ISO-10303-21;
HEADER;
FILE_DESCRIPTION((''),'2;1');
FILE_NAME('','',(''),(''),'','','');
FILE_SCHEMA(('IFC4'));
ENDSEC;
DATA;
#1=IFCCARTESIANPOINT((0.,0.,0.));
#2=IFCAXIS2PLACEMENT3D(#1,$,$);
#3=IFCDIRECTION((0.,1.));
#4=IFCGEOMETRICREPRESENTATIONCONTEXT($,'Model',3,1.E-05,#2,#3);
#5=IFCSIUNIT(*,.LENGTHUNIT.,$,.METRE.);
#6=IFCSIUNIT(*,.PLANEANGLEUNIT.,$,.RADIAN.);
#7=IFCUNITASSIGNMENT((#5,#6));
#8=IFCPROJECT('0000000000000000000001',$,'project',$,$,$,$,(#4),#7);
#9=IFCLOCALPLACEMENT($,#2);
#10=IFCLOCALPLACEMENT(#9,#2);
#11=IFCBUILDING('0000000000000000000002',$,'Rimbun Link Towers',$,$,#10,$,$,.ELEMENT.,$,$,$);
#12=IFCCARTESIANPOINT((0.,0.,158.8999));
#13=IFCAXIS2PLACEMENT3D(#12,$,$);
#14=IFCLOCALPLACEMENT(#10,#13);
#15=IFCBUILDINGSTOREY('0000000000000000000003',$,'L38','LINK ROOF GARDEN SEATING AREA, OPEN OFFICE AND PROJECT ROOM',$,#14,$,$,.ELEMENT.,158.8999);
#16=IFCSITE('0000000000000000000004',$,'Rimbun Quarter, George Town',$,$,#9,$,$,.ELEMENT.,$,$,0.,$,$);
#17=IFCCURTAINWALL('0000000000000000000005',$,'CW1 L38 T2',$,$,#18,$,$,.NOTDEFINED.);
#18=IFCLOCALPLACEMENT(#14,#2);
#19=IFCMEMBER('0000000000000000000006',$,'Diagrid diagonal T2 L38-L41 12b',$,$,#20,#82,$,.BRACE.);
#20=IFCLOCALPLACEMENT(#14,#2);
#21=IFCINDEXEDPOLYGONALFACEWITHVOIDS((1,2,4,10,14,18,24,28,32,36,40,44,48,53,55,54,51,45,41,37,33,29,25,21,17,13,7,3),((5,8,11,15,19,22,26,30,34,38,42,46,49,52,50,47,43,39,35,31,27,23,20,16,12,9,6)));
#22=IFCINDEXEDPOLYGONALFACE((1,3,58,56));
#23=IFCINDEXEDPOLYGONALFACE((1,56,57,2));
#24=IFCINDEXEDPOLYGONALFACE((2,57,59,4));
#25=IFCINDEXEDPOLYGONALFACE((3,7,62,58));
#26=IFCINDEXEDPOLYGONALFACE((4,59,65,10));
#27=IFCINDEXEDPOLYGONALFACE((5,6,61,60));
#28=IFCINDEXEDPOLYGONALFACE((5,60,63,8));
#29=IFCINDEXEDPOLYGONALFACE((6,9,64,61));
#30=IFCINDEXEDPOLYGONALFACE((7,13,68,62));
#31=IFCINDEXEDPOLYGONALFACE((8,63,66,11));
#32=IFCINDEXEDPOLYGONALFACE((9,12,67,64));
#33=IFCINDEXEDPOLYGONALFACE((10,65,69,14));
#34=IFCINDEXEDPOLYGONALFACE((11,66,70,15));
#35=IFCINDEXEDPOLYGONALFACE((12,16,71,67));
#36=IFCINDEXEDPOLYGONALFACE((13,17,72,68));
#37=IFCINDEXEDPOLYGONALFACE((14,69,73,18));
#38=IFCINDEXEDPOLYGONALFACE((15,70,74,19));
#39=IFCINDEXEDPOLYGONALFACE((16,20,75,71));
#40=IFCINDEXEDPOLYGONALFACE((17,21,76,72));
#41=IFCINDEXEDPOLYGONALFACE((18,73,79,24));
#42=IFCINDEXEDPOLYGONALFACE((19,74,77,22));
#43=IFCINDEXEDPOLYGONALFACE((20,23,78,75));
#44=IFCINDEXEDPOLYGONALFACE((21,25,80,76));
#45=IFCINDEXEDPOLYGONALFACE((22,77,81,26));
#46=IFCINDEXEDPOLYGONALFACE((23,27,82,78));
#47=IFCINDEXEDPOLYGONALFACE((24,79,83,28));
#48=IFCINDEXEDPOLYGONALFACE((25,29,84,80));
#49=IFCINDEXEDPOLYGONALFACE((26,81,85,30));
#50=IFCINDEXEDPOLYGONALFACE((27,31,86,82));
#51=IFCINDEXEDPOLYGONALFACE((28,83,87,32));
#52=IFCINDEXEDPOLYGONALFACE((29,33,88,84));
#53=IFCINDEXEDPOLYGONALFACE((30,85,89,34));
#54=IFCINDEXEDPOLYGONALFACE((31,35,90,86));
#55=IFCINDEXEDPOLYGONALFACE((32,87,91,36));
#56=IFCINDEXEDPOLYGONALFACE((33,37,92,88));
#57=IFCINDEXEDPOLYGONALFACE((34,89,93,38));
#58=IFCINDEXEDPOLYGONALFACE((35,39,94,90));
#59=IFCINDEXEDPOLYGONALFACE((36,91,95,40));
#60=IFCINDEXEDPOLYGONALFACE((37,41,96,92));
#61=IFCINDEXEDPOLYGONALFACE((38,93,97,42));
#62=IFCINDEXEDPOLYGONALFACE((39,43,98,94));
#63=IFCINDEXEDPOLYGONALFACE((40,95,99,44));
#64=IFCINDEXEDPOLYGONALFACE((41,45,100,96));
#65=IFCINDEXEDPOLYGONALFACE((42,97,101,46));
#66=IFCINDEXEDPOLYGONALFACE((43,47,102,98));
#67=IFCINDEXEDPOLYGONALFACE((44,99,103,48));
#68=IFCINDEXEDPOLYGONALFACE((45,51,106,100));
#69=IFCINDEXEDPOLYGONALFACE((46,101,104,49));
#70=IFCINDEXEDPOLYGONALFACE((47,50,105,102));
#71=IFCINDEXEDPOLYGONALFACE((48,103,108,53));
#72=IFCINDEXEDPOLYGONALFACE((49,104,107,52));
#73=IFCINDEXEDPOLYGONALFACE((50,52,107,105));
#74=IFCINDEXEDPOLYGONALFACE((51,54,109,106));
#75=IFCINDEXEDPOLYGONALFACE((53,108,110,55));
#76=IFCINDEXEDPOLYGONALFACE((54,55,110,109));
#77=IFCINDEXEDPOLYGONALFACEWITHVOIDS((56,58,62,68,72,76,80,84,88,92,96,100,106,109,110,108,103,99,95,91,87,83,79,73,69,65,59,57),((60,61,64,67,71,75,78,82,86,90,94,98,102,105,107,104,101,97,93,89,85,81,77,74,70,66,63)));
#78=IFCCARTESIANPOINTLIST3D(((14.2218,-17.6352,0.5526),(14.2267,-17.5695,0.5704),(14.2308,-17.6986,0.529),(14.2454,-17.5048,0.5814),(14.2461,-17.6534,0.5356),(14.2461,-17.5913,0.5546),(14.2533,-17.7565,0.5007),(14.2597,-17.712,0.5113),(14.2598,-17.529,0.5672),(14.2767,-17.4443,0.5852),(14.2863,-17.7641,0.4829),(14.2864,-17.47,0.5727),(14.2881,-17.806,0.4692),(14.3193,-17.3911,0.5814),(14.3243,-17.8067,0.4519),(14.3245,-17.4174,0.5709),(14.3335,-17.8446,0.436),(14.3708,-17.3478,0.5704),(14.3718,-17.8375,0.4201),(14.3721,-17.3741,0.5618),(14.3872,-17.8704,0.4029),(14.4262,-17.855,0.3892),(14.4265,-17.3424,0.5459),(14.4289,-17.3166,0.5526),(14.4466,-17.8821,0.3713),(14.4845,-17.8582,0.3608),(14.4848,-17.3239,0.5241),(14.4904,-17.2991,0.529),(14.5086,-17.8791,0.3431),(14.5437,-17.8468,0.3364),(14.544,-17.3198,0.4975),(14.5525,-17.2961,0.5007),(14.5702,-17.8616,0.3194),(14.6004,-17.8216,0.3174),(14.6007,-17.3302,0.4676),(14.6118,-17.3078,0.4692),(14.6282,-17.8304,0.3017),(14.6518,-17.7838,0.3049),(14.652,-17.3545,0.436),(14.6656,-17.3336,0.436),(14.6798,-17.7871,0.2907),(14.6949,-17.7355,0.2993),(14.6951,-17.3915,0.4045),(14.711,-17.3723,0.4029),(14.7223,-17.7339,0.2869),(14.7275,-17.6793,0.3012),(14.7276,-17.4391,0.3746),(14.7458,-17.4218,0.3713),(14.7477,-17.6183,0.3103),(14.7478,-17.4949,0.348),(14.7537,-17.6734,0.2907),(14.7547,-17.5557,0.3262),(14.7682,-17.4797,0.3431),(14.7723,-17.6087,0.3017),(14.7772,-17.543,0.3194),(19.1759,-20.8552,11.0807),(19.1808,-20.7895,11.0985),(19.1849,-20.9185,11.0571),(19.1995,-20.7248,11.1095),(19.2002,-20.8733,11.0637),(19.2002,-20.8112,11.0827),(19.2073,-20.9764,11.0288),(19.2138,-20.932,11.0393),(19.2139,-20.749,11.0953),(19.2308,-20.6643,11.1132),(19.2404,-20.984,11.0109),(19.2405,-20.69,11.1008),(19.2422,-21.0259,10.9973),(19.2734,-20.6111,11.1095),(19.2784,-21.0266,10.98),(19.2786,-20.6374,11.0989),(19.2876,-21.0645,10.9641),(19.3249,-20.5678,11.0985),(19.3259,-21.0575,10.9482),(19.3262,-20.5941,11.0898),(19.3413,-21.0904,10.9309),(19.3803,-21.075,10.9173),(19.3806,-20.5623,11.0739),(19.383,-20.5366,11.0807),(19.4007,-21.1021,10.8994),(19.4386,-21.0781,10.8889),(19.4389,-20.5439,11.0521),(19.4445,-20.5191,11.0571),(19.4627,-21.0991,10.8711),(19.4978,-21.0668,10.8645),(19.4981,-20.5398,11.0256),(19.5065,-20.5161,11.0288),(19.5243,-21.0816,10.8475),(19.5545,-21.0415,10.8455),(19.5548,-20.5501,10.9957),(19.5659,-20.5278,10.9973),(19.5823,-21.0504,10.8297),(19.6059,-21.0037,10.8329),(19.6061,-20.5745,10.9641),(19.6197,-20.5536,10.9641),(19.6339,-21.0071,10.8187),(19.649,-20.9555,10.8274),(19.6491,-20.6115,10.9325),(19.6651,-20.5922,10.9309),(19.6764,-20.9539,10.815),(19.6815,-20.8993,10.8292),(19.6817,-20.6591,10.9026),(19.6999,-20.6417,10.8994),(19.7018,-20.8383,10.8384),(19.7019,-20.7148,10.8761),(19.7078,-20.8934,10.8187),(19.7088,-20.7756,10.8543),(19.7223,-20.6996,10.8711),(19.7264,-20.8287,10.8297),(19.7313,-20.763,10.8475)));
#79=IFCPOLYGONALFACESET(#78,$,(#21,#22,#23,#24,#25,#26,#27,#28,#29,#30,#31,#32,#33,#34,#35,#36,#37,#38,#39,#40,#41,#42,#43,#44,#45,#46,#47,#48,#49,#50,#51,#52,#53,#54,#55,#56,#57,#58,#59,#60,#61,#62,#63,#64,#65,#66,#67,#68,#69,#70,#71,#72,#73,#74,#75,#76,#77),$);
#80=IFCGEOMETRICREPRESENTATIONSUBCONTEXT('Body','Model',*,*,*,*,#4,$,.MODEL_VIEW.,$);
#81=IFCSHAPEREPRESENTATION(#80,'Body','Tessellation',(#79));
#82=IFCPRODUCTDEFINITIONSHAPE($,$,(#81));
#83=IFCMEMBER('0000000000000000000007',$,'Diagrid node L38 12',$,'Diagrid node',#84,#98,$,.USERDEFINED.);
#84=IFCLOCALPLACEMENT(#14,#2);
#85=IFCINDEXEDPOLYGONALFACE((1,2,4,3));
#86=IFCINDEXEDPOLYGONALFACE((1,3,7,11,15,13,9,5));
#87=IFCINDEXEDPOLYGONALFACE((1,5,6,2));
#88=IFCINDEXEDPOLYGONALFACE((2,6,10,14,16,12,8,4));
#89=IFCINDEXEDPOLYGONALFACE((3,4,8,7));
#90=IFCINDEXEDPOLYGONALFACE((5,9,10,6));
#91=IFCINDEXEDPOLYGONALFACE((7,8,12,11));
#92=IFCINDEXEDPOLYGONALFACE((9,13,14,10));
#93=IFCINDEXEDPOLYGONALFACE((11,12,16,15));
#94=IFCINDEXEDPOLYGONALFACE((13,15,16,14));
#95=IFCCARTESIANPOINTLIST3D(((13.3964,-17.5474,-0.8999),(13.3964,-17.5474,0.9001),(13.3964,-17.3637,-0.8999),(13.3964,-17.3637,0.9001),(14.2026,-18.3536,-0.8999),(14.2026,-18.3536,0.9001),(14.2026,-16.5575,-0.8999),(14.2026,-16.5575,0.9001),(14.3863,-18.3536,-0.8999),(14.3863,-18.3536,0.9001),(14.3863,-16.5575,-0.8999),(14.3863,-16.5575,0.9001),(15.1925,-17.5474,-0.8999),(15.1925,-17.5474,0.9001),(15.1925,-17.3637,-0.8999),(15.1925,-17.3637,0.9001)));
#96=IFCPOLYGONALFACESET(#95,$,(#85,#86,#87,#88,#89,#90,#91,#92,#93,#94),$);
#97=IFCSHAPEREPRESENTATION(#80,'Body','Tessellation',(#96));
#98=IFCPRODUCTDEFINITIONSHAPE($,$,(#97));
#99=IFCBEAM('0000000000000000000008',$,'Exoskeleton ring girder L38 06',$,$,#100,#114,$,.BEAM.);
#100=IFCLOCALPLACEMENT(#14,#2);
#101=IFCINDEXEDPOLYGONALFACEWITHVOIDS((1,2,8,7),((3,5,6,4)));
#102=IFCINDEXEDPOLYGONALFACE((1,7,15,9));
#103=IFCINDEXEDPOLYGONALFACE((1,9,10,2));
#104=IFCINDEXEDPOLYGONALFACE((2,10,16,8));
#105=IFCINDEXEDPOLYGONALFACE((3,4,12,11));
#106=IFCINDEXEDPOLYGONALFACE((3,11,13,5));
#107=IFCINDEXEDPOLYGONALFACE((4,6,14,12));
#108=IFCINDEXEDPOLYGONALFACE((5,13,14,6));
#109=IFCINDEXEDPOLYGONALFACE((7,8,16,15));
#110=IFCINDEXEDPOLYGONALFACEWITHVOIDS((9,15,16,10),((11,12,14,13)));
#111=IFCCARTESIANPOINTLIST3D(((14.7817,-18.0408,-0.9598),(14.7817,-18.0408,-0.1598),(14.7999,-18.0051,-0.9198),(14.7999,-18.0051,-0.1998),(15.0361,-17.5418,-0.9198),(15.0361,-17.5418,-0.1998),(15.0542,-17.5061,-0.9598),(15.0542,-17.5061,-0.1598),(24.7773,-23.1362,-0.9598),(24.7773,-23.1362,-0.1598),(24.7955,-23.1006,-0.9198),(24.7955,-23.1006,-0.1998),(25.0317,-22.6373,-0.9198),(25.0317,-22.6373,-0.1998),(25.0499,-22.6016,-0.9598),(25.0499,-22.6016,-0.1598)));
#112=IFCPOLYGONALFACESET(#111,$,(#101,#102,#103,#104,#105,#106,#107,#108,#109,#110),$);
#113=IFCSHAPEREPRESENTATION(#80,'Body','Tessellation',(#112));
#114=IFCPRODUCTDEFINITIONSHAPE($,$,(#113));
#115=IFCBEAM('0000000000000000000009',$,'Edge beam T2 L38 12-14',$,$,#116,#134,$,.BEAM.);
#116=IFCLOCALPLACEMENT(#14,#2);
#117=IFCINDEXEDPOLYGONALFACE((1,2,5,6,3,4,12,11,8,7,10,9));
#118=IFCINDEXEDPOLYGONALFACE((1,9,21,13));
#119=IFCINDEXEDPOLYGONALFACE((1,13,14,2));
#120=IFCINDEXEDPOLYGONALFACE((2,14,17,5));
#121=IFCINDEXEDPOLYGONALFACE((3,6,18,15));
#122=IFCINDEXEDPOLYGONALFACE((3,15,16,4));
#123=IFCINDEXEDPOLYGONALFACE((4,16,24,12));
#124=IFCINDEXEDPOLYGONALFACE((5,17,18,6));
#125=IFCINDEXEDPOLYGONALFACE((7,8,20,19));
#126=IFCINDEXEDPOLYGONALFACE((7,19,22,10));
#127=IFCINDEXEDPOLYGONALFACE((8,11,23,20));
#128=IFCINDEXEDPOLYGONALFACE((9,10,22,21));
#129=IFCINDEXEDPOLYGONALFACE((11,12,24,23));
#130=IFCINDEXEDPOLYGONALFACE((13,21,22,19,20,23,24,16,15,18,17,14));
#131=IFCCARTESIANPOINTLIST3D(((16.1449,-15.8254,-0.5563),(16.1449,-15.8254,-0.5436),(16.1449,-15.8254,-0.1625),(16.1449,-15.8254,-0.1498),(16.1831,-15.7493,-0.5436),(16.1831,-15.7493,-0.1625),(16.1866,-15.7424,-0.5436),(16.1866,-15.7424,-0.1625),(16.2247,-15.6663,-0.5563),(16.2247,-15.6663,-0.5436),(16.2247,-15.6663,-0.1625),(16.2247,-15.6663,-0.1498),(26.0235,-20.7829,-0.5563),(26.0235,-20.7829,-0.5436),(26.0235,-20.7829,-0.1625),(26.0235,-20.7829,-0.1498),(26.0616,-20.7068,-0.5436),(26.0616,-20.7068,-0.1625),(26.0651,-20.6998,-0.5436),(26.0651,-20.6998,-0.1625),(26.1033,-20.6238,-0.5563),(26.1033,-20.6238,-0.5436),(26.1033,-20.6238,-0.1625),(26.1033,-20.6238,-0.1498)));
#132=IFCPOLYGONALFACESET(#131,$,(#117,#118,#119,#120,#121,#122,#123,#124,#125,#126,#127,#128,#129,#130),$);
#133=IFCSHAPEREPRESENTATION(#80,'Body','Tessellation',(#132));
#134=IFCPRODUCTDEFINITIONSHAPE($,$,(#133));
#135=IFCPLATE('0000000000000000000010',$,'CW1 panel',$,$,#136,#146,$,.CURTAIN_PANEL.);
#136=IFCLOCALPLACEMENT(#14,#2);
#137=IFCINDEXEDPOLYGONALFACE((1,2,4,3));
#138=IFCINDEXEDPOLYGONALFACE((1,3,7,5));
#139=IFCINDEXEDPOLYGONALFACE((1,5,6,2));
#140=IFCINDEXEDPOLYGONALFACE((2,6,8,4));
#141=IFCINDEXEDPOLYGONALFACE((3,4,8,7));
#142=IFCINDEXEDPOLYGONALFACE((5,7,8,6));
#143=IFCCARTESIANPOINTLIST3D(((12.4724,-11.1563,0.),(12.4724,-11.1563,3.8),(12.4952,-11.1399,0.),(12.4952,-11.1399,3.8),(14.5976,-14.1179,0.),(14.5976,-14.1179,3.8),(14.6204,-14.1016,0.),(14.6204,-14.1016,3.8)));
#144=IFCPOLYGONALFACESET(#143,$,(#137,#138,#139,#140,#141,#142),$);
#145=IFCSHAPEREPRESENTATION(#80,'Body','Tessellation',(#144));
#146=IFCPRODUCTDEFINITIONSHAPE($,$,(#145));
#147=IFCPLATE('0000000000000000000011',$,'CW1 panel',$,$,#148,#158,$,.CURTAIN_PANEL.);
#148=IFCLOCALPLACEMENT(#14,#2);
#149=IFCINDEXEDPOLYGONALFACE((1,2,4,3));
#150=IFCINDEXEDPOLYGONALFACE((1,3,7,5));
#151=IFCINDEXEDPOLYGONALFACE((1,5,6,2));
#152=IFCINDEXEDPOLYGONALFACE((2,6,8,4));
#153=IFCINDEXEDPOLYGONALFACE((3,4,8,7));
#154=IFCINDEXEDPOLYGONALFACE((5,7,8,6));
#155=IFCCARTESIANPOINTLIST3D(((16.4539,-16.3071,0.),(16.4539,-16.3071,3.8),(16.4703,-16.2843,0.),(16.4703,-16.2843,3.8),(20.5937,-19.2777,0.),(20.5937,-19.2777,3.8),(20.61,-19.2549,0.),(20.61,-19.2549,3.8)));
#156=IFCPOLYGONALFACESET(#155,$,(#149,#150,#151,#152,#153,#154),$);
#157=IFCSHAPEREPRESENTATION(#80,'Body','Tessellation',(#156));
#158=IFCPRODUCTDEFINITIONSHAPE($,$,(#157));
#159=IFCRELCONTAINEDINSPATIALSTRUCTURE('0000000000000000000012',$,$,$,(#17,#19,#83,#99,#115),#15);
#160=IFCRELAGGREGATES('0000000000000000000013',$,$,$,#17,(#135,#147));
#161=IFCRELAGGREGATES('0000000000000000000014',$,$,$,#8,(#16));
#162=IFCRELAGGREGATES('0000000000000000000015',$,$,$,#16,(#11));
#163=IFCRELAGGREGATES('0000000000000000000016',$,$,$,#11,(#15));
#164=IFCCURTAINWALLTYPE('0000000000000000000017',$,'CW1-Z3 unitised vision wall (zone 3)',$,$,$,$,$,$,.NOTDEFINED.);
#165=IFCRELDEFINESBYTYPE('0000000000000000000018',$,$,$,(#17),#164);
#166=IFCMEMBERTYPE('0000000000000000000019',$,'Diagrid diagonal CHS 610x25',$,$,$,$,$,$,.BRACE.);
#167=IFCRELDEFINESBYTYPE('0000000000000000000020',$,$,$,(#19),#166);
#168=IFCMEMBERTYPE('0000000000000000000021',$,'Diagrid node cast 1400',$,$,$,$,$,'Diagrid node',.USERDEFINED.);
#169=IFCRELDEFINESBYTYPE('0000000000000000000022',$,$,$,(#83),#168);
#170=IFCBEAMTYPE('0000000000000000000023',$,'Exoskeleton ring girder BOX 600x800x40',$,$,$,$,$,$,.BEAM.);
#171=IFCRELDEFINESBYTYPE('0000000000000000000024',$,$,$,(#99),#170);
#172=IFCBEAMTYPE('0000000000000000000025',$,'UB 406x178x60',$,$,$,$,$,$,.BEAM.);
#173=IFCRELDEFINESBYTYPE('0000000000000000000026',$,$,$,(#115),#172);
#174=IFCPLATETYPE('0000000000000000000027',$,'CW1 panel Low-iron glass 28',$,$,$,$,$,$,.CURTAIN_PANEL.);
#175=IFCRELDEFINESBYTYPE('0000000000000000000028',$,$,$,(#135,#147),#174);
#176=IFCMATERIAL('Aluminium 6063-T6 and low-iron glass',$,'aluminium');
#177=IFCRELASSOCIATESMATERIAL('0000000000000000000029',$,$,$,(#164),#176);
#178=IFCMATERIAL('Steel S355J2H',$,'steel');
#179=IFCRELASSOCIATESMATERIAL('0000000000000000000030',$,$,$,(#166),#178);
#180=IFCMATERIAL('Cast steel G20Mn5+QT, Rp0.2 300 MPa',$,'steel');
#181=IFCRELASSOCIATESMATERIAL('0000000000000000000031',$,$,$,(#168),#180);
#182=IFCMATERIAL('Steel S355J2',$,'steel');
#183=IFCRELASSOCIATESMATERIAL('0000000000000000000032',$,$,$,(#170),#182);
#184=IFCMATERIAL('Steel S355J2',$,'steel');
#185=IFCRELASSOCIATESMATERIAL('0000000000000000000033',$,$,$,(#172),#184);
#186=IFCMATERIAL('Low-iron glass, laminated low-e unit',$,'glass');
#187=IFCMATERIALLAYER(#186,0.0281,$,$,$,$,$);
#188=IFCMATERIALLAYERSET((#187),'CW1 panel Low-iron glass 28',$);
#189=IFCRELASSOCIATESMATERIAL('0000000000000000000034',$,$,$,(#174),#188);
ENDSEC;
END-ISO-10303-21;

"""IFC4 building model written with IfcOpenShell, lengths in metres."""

from ifc_helpers import new_model, si_unit, direction, frame, origin, origin_2d, place, context, subcontext, project, spatial, polyline, rectangle, hollow_rectangle, hollow_circle, i_section, outline, extrude, material, layer, layer_set, material_profile, profile_set, type_object, element, aggregate, save


model = new_model("IFC4")

# Units and contexts
model_context = context("Model", 3, precision=1e-05, world=origin(), true_north=direction((0.0, 1.0)))
body_context = subcontext(model_context, "Body", "Model", "MODEL_VIEW")
ifc_project = project(units=[si_unit("LENGTHUNIT", "METRE"), si_unit("PLANEANGLEUNIT", "RADIAN")], contexts=[model_context])

# Site, building, storey
site_placement = place(None, origin())
site = spatial("IfcSite", under=ifc_project, at=site_placement, Name="Rimbun Quarter, George Town", CompositionType="ELEMENT", RefElevation=0.0)
building_placement = place(site_placement, origin())
building = spatial("IfcBuilding", under=site, at=building_placement, Name="Rimbun Link Towers", CompositionType="ELEMENT")
storey_placement = place(building_placement, frame((0.0, 0.0, 158.8999)))
storey = spatial("IfcBuildingStorey", under=building, at=storey_placement, Name="L38", Description="LINK ROOF GARDEN SEATING AREA, OPEN OFFICE AND PROJECT ROOM", CompositionType="ELEMENT", Elevation=158.8999)

# Curtain wall
ifc_material_1 = material(Name="Aluminium 6063-T6 and low-iron glass", Category="aluminium")
curtain_wall_type = type_object("IfcCurtainWallType", Name="CW1-Z3 unitised vision wall (zone 3)", PredefinedType="NOTDEFINED", material=ifc_material_1)
curtain_wall_placement = place(storey_placement, origin())
curtain_wall = element("IfcCurtainWall", 1, at=curtain_wall_placement, inside=storey, type_object=curtain_wall_type, Name="CW1 L38 T2", PredefinedType="NOTDEFINED")

# Members
ifc_material_2 = material(Name="Steel S355J2H", Category="steel")
ifc_material_profile_1 = material_profile(ifc_material_2, hollow_circle(Radius=0.3047, WallThickness=0.0249, at=origin_2d()), Name="Diagrid diagonal CHS 610x25")
ifc_profile_set_1 = profile_set([ifc_material_profile_1], Name="Steel S355J2H")
member_type_1 = type_object("IfcMemberType", Name="Diagrid diagonal CHS 610x25", PredefinedType="BRACE", material=ifc_profile_set_1)
for number, where, z_axis, x_axis, name in (
    (2, (14.4995, -17.5891, 0.436), (0.410353, -0.266714, 0.872052), (0.544965, 0.838459, 0.0), "Diagrid diagonal T2 L38-L41 12b"),
):
    element("IfcMember", number, at=place(storey_placement, frame(where, z_axis=z_axis, x_axis=x_axis)), inside=storey, type_object=member_type_1, Name=name, PredefinedType="BRACE", context=body_context, shape_type="SweptSolid", body=[
        extrude(hollow_circle(Radius=0.3047, WallThickness=0.0249, at=origin_2d()), origin(), (0.0, 0.0, 1.0), 12.0728),
    ])
ifc_material_3 = material(Name="Cast steel G20Mn5+QT, Rp0.2 300 MPa", Category="steel")
ifc_material_profile_2 = material_profile(ifc_material_3, outline(polyline([(0.7, -0.5701), (0.7, 0.5701), (0.5701, 0.7), (-0.5701, 0.7), (-0.7, 0.5701), (-0.7, -0.5701), (-0.5701, -0.7), (0.5701, -0.7), (0.7, -0.5701)])), Name="NODE 1400x1400")
ifc_profile_set_2 = profile_set([ifc_material_profile_2], Name="Cast steel G20Mn5+QT, Rp0.2 300 MPa")
member_type_2 = type_object("IfcMemberType", Name="Diagrid node cast 1400", ElementType="Diagrid node", PredefinedType="USERDEFINED", material=ifc_profile_set_2)
member_1_placement = place(storey_placement, frame((14.2944, -17.4556, -0.8999), z_axis=(0.0, 0.0, 1.0), x_axis=(-0.707107, -0.707107, 0.0)))
element("IfcMember", 3, at=member_1_placement, inside=storey, type_object=member_type_2, Name="Diagrid node L38 12", ObjectType="Diagrid node", PredefinedType="USERDEFINED", context=body_context, shape_type="SweptSolid", body=[
    extrude(outline(polyline([(0.7, -0.5701), (0.7, 0.5701), (0.5701, 0.7), (-0.5701, 0.7), (-0.7, 0.5701), (-0.7, -0.5701), (-0.5701, -0.7), (0.5701, -0.7), (0.7, -0.5701)])), origin(), (0.0, 0.0, 1.0), 1.8),
])

# Beams
ifc_material_4 = material(Name="Steel S355J2", Category="steel")
ifc_material_profile_3 = material_profile(ifc_material_4, hollow_rectangle(XDim=0.6001, YDim=0.8, WallThickness=0.04, at=origin_2d()), Name="Exoskeleton ring girder BOX 600x800x40")
ifc_profile_set_3 = profile_set([ifc_material_profile_3], Name="Steel S355J2")
beam_type_1 = type_object("IfcBeamType", Name="Exoskeleton ring girder BOX 600x800x40", PredefinedType="BEAM", material=ifc_profile_set_3)
beam_1_placement = place(storey_placement, frame((14.918, -17.7734, -0.5598), z_axis=(0.890918, -0.454163, 0.0), x_axis=(0.454163, 0.890918, 0.0)))
element("IfcBeam", 4, at=beam_1_placement, inside=storey, type_object=beam_type_1, Name="Exoskeleton ring girder L38 06", PredefinedType="BEAM", context=body_context, shape_type="SweptSolid", body=[
    extrude(hollow_rectangle(XDim=0.6001, YDim=0.8, WallThickness=0.04, at=origin_2d()), origin(), (0.0, 0.0, 1.0), 11.2195),
])
ifc_material_5 = material(Name="Steel S355J2", Category="steel")
ifc_material_profile_4 = material_profile(ifc_material_5, i_section(OverallWidth=0.178, OverallDepth=0.4065, WebThickness=0.0078, FlangeThickness=0.0127, at=origin_2d()), Name="UB 406x178x60")
ifc_profile_set_4 = profile_set([ifc_material_profile_4], Name="Steel S355J2")
beam_type_2 = type_object("IfcBeamType", Name="UB 406x178x60", PredefinedType="BEAM", material=ifc_profile_set_4)
beam_2_placement = place(storey_placement, frame((16.1848, -15.7458, -0.353), z_axis=(0.893768, -0.44853, 0.0), x_axis=(0.44853, 0.893768, 0.0)))
element("IfcBeam", 5, at=beam_2_placement, inside=storey, type_object=beam_type_2, Name="Edge beam T2 L38 12-14", PredefinedType="BEAM", context=body_context, shape_type="SweptSolid", body=[
    extrude(i_section(OverallWidth=0.178, OverallDepth=0.4065, WebThickness=0.0078, FlangeThickness=0.0127, at=origin_2d()), origin(), (0.0, 0.0, 1.0), 11.0527),
])

# Plates
ifc_material_6 = material(Name="Low-iron glass, laminated low-e unit", Category="glass")
ifc_layer_1 = layer(ifc_material_6, 0.0281)
ifc_layer_set_1 = layer_set([ifc_layer_1], Name="CW1 panel Low-iron glass 28")
plate_type = type_object("IfcPlateType", Name="CW1 panel Low-iron glass 28", PredefinedType="CURTAIN_PANEL", material=ifc_layer_set_1)
plate_1_placement = place(storey_placement, frame((13.5464, -12.6289, 0.0), z_axis=(0.0, 0.0, 1.0), x_axis=(-0.583004, 0.812469, 0.0)))
plate_1 = element("IfcPlate", 6, at=plate_1_placement, type_object=plate_type, Name="CW1 panel", PredefinedType="CURTAIN_PANEL", context=body_context, shape_type="SweptSolid", body=[
    extrude(rectangle(XDim=3.6453, YDim=0.0281, at=origin_2d()), origin(), (0.0, 0.0, 1.0), 3.8),
])
plate_2_placement = place(storey_placement, frame((18.532, -17.781, 0.0), z_axis=(0.0, 0.0, 1.0), x_axis=(-0.812469, 0.583004, 0.0)))
plate_2 = element("IfcPlate", 7, at=plate_2_placement, type_object=plate_type, Name="CW1 panel", PredefinedType="CURTAIN_PANEL", context=body_context, shape_type="SweptSolid", body=[
    extrude(rectangle(XDim=5.0952, YDim=0.0281, at=origin_2d()), origin(), (0.0, 0.0, 1.0), 3.8),
])
aggregate(curtain_wall, [plate_1, plate_2])

save(model, "model.ifc")
